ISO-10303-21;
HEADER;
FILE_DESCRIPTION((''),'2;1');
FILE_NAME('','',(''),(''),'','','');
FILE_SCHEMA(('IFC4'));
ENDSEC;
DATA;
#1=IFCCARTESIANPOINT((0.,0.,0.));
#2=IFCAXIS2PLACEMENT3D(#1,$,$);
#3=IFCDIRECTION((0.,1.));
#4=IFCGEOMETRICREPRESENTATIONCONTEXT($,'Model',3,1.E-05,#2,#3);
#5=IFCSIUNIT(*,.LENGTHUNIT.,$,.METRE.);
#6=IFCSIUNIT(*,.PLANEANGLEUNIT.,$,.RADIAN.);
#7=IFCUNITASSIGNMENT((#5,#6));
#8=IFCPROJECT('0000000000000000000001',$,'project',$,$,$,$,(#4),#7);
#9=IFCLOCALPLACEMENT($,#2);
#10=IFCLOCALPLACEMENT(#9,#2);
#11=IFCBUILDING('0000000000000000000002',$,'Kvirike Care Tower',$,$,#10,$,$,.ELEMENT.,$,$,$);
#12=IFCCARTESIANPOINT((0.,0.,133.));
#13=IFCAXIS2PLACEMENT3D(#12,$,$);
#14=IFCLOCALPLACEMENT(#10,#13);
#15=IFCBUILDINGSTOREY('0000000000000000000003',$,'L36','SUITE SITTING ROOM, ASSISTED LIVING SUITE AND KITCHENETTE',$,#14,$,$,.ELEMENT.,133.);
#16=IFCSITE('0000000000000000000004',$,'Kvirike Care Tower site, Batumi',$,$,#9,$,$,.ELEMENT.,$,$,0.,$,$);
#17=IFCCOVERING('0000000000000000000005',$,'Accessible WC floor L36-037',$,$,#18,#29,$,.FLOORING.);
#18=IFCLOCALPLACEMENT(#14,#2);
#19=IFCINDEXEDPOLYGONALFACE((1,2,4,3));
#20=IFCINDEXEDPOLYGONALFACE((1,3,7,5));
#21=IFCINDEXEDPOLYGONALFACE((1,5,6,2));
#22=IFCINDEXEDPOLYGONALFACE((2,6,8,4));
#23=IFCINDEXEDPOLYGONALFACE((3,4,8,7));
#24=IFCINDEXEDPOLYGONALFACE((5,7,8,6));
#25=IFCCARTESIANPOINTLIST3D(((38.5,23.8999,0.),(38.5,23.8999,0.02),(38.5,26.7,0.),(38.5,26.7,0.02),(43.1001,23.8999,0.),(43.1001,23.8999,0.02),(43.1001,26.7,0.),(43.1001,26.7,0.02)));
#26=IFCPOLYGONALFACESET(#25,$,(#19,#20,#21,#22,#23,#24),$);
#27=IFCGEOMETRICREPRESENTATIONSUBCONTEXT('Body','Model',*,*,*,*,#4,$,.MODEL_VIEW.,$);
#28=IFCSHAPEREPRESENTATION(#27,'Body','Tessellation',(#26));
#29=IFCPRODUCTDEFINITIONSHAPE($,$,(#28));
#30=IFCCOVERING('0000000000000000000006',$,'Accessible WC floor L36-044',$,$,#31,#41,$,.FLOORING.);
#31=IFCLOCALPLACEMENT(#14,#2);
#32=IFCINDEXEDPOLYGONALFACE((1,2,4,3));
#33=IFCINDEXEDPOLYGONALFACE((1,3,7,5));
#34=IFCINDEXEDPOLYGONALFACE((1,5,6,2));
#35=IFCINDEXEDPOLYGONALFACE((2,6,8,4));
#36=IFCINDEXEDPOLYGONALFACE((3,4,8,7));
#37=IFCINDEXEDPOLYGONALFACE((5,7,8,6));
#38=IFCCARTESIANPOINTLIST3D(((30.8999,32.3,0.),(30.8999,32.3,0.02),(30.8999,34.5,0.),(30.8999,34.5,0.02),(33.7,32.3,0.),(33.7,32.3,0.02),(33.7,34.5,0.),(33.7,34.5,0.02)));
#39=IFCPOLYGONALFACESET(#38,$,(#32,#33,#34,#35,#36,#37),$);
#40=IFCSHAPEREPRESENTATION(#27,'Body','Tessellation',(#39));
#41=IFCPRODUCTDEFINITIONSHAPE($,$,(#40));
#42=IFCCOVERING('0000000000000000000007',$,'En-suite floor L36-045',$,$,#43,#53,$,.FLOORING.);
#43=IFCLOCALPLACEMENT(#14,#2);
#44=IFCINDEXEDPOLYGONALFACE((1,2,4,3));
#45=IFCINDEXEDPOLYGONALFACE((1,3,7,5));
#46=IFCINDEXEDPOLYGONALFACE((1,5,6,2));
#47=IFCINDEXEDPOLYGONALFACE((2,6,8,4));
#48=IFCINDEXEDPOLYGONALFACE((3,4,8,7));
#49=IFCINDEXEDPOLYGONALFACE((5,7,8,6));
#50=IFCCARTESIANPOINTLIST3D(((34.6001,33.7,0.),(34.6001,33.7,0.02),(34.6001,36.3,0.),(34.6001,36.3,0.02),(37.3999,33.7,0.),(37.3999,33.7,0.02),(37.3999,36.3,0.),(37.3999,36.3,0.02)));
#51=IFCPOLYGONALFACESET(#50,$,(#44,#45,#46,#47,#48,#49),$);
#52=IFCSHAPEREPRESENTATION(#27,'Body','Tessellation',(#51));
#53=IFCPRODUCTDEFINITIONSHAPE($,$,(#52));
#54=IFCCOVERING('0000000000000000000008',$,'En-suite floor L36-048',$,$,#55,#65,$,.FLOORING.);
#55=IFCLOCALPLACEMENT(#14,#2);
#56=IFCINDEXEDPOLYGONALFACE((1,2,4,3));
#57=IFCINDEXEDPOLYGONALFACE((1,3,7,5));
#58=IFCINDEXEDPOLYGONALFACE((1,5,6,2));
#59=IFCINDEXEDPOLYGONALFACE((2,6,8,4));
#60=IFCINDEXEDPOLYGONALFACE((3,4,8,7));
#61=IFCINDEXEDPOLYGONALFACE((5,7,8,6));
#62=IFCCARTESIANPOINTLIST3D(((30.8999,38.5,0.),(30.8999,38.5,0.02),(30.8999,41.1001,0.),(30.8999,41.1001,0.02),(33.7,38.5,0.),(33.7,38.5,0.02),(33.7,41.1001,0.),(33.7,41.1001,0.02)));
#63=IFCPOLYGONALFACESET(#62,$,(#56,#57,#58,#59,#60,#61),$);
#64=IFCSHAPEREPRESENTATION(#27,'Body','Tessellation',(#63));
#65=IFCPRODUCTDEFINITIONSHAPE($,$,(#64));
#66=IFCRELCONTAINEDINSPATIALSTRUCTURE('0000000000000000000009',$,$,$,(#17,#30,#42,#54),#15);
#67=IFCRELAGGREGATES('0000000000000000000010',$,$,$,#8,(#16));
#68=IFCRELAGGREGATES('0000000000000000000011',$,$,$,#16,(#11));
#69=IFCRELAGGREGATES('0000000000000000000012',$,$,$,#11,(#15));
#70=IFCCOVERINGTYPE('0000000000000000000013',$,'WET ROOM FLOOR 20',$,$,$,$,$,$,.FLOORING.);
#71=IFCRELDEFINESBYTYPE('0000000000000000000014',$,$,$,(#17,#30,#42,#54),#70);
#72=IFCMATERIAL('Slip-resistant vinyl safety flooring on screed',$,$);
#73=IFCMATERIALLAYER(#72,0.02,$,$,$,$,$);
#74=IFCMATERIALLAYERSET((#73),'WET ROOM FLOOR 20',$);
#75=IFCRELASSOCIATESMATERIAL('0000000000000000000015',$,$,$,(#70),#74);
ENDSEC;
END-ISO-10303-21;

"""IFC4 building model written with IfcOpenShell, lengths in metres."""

from ifc_helpers import new_model, si_unit, direction, frame, origin, place, context, subcontext, project, spatial, polyline, outline, extrude, material, layer, layer_set, type_object, element, save


model = new_model("IFC4")

# Units and contexts
model_context = context("Model", 3, precision=1e-05, world=origin(), true_north=direction((0.0, 1.0)))
body_context = subcontext(model_context, "Body", "Model", "MODEL_VIEW")
ifc_project = project(units=[si_unit("LENGTHUNIT", "METRE"), si_unit("PLANEANGLEUNIT", "RADIAN")], contexts=[model_context])

# Site, building, storey
site_placement = place(None, origin())
site = spatial("IfcSite", under=ifc_project, at=site_placement, Name="Kvirike Care Tower site, Batumi", CompositionType="ELEMENT", RefElevation=0.0)
building_placement = place(site_placement, origin())
building = spatial("IfcBuilding", under=site, at=building_placement, Name="Kvirike Care Tower", CompositionType="ELEMENT")
storey_placement = place(building_placement, frame((0.0, 0.0, 133.0)))
storey = spatial("IfcBuildingStorey", under=building, at=storey_placement, Name="L36", Description="SUITE SITTING ROOM, ASSISTED LIVING SUITE AND KITCHENETTE", CompositionType="ELEMENT", Elevation=133.0)

# Coverings
ifc_material_1 = material(Name="Slip-resistant vinyl safety flooring on screed")
ifc_layer_1 = layer(ifc_material_1, 0.02)
ifc_layer_set_1 = layer_set([ifc_layer_1], Name="WET ROOM FLOOR 20")
covering_type_1 = type_object("IfcCoveringType", Name="WET ROOM FLOOR 20", PredefinedType="FLOORING", material=ifc_layer_set_1)
covering_1_placement = place(storey_placement, origin())
element("IfcCovering", 1, at=covering_1_placement, inside=storey, type_object=covering_type_1, Name="Accessible WC floor L36-037", PredefinedType="FLOORING", context=body_context, shape_type="SweptSolid", body=[
    extrude(outline(polyline([(38.5, 23.8999), (38.5, 26.7), (43.1001, 26.7), (43.1001, 23.8999), (38.5, 23.8999)])), origin(), (0.0, 0.0, 1.0), 0.02),
])
covering_2_placement = place(storey_placement, origin())
element("IfcCovering", 2, at=covering_2_placement, inside=storey, type_object=covering_type_1, Name="Accessible WC floor L36-044", PredefinedType="FLOORING", context=body_context, shape_type="SweptSolid", body=[
    extrude(outline(polyline([(33.7, 32.3), (30.8999, 32.3), (30.8999, 34.5), (33.7, 34.5), (33.7, 32.3)])), origin(), (0.0, 0.0, 1.0), 0.02),
])
covering_3_placement = place(storey_placement, origin())
element("IfcCovering", 3, at=covering_3_placement, inside=storey, type_object=covering_type_1, Name="En-suite floor L36-045", PredefinedType="FLOORING", context=body_context, shape_type="SweptSolid", body=[
    extrude(outline(polyline([(37.3999, 33.7), (34.6001, 33.7), (34.6001, 36.3), (37.3999, 36.3), (37.3999, 33.7)])), origin(), (0.0, 0.0, 1.0), 0.02),
])
covering_4_placement = place(storey_placement, origin())
element("IfcCovering", 4, at=covering_4_placement, inside=storey, type_object=covering_type_1, Name="En-suite floor L36-048", PredefinedType="FLOORING", context=body_context, shape_type="SweptSolid", body=[
    extrude(outline(polyline([(33.7, 38.5), (30.8999, 38.5), (30.8999, 41.1001), (33.7, 41.1001), (33.7, 38.5)])), origin(), (0.0, 0.0, 1.0), 0.02),
])

save(model, "model.ifc")
